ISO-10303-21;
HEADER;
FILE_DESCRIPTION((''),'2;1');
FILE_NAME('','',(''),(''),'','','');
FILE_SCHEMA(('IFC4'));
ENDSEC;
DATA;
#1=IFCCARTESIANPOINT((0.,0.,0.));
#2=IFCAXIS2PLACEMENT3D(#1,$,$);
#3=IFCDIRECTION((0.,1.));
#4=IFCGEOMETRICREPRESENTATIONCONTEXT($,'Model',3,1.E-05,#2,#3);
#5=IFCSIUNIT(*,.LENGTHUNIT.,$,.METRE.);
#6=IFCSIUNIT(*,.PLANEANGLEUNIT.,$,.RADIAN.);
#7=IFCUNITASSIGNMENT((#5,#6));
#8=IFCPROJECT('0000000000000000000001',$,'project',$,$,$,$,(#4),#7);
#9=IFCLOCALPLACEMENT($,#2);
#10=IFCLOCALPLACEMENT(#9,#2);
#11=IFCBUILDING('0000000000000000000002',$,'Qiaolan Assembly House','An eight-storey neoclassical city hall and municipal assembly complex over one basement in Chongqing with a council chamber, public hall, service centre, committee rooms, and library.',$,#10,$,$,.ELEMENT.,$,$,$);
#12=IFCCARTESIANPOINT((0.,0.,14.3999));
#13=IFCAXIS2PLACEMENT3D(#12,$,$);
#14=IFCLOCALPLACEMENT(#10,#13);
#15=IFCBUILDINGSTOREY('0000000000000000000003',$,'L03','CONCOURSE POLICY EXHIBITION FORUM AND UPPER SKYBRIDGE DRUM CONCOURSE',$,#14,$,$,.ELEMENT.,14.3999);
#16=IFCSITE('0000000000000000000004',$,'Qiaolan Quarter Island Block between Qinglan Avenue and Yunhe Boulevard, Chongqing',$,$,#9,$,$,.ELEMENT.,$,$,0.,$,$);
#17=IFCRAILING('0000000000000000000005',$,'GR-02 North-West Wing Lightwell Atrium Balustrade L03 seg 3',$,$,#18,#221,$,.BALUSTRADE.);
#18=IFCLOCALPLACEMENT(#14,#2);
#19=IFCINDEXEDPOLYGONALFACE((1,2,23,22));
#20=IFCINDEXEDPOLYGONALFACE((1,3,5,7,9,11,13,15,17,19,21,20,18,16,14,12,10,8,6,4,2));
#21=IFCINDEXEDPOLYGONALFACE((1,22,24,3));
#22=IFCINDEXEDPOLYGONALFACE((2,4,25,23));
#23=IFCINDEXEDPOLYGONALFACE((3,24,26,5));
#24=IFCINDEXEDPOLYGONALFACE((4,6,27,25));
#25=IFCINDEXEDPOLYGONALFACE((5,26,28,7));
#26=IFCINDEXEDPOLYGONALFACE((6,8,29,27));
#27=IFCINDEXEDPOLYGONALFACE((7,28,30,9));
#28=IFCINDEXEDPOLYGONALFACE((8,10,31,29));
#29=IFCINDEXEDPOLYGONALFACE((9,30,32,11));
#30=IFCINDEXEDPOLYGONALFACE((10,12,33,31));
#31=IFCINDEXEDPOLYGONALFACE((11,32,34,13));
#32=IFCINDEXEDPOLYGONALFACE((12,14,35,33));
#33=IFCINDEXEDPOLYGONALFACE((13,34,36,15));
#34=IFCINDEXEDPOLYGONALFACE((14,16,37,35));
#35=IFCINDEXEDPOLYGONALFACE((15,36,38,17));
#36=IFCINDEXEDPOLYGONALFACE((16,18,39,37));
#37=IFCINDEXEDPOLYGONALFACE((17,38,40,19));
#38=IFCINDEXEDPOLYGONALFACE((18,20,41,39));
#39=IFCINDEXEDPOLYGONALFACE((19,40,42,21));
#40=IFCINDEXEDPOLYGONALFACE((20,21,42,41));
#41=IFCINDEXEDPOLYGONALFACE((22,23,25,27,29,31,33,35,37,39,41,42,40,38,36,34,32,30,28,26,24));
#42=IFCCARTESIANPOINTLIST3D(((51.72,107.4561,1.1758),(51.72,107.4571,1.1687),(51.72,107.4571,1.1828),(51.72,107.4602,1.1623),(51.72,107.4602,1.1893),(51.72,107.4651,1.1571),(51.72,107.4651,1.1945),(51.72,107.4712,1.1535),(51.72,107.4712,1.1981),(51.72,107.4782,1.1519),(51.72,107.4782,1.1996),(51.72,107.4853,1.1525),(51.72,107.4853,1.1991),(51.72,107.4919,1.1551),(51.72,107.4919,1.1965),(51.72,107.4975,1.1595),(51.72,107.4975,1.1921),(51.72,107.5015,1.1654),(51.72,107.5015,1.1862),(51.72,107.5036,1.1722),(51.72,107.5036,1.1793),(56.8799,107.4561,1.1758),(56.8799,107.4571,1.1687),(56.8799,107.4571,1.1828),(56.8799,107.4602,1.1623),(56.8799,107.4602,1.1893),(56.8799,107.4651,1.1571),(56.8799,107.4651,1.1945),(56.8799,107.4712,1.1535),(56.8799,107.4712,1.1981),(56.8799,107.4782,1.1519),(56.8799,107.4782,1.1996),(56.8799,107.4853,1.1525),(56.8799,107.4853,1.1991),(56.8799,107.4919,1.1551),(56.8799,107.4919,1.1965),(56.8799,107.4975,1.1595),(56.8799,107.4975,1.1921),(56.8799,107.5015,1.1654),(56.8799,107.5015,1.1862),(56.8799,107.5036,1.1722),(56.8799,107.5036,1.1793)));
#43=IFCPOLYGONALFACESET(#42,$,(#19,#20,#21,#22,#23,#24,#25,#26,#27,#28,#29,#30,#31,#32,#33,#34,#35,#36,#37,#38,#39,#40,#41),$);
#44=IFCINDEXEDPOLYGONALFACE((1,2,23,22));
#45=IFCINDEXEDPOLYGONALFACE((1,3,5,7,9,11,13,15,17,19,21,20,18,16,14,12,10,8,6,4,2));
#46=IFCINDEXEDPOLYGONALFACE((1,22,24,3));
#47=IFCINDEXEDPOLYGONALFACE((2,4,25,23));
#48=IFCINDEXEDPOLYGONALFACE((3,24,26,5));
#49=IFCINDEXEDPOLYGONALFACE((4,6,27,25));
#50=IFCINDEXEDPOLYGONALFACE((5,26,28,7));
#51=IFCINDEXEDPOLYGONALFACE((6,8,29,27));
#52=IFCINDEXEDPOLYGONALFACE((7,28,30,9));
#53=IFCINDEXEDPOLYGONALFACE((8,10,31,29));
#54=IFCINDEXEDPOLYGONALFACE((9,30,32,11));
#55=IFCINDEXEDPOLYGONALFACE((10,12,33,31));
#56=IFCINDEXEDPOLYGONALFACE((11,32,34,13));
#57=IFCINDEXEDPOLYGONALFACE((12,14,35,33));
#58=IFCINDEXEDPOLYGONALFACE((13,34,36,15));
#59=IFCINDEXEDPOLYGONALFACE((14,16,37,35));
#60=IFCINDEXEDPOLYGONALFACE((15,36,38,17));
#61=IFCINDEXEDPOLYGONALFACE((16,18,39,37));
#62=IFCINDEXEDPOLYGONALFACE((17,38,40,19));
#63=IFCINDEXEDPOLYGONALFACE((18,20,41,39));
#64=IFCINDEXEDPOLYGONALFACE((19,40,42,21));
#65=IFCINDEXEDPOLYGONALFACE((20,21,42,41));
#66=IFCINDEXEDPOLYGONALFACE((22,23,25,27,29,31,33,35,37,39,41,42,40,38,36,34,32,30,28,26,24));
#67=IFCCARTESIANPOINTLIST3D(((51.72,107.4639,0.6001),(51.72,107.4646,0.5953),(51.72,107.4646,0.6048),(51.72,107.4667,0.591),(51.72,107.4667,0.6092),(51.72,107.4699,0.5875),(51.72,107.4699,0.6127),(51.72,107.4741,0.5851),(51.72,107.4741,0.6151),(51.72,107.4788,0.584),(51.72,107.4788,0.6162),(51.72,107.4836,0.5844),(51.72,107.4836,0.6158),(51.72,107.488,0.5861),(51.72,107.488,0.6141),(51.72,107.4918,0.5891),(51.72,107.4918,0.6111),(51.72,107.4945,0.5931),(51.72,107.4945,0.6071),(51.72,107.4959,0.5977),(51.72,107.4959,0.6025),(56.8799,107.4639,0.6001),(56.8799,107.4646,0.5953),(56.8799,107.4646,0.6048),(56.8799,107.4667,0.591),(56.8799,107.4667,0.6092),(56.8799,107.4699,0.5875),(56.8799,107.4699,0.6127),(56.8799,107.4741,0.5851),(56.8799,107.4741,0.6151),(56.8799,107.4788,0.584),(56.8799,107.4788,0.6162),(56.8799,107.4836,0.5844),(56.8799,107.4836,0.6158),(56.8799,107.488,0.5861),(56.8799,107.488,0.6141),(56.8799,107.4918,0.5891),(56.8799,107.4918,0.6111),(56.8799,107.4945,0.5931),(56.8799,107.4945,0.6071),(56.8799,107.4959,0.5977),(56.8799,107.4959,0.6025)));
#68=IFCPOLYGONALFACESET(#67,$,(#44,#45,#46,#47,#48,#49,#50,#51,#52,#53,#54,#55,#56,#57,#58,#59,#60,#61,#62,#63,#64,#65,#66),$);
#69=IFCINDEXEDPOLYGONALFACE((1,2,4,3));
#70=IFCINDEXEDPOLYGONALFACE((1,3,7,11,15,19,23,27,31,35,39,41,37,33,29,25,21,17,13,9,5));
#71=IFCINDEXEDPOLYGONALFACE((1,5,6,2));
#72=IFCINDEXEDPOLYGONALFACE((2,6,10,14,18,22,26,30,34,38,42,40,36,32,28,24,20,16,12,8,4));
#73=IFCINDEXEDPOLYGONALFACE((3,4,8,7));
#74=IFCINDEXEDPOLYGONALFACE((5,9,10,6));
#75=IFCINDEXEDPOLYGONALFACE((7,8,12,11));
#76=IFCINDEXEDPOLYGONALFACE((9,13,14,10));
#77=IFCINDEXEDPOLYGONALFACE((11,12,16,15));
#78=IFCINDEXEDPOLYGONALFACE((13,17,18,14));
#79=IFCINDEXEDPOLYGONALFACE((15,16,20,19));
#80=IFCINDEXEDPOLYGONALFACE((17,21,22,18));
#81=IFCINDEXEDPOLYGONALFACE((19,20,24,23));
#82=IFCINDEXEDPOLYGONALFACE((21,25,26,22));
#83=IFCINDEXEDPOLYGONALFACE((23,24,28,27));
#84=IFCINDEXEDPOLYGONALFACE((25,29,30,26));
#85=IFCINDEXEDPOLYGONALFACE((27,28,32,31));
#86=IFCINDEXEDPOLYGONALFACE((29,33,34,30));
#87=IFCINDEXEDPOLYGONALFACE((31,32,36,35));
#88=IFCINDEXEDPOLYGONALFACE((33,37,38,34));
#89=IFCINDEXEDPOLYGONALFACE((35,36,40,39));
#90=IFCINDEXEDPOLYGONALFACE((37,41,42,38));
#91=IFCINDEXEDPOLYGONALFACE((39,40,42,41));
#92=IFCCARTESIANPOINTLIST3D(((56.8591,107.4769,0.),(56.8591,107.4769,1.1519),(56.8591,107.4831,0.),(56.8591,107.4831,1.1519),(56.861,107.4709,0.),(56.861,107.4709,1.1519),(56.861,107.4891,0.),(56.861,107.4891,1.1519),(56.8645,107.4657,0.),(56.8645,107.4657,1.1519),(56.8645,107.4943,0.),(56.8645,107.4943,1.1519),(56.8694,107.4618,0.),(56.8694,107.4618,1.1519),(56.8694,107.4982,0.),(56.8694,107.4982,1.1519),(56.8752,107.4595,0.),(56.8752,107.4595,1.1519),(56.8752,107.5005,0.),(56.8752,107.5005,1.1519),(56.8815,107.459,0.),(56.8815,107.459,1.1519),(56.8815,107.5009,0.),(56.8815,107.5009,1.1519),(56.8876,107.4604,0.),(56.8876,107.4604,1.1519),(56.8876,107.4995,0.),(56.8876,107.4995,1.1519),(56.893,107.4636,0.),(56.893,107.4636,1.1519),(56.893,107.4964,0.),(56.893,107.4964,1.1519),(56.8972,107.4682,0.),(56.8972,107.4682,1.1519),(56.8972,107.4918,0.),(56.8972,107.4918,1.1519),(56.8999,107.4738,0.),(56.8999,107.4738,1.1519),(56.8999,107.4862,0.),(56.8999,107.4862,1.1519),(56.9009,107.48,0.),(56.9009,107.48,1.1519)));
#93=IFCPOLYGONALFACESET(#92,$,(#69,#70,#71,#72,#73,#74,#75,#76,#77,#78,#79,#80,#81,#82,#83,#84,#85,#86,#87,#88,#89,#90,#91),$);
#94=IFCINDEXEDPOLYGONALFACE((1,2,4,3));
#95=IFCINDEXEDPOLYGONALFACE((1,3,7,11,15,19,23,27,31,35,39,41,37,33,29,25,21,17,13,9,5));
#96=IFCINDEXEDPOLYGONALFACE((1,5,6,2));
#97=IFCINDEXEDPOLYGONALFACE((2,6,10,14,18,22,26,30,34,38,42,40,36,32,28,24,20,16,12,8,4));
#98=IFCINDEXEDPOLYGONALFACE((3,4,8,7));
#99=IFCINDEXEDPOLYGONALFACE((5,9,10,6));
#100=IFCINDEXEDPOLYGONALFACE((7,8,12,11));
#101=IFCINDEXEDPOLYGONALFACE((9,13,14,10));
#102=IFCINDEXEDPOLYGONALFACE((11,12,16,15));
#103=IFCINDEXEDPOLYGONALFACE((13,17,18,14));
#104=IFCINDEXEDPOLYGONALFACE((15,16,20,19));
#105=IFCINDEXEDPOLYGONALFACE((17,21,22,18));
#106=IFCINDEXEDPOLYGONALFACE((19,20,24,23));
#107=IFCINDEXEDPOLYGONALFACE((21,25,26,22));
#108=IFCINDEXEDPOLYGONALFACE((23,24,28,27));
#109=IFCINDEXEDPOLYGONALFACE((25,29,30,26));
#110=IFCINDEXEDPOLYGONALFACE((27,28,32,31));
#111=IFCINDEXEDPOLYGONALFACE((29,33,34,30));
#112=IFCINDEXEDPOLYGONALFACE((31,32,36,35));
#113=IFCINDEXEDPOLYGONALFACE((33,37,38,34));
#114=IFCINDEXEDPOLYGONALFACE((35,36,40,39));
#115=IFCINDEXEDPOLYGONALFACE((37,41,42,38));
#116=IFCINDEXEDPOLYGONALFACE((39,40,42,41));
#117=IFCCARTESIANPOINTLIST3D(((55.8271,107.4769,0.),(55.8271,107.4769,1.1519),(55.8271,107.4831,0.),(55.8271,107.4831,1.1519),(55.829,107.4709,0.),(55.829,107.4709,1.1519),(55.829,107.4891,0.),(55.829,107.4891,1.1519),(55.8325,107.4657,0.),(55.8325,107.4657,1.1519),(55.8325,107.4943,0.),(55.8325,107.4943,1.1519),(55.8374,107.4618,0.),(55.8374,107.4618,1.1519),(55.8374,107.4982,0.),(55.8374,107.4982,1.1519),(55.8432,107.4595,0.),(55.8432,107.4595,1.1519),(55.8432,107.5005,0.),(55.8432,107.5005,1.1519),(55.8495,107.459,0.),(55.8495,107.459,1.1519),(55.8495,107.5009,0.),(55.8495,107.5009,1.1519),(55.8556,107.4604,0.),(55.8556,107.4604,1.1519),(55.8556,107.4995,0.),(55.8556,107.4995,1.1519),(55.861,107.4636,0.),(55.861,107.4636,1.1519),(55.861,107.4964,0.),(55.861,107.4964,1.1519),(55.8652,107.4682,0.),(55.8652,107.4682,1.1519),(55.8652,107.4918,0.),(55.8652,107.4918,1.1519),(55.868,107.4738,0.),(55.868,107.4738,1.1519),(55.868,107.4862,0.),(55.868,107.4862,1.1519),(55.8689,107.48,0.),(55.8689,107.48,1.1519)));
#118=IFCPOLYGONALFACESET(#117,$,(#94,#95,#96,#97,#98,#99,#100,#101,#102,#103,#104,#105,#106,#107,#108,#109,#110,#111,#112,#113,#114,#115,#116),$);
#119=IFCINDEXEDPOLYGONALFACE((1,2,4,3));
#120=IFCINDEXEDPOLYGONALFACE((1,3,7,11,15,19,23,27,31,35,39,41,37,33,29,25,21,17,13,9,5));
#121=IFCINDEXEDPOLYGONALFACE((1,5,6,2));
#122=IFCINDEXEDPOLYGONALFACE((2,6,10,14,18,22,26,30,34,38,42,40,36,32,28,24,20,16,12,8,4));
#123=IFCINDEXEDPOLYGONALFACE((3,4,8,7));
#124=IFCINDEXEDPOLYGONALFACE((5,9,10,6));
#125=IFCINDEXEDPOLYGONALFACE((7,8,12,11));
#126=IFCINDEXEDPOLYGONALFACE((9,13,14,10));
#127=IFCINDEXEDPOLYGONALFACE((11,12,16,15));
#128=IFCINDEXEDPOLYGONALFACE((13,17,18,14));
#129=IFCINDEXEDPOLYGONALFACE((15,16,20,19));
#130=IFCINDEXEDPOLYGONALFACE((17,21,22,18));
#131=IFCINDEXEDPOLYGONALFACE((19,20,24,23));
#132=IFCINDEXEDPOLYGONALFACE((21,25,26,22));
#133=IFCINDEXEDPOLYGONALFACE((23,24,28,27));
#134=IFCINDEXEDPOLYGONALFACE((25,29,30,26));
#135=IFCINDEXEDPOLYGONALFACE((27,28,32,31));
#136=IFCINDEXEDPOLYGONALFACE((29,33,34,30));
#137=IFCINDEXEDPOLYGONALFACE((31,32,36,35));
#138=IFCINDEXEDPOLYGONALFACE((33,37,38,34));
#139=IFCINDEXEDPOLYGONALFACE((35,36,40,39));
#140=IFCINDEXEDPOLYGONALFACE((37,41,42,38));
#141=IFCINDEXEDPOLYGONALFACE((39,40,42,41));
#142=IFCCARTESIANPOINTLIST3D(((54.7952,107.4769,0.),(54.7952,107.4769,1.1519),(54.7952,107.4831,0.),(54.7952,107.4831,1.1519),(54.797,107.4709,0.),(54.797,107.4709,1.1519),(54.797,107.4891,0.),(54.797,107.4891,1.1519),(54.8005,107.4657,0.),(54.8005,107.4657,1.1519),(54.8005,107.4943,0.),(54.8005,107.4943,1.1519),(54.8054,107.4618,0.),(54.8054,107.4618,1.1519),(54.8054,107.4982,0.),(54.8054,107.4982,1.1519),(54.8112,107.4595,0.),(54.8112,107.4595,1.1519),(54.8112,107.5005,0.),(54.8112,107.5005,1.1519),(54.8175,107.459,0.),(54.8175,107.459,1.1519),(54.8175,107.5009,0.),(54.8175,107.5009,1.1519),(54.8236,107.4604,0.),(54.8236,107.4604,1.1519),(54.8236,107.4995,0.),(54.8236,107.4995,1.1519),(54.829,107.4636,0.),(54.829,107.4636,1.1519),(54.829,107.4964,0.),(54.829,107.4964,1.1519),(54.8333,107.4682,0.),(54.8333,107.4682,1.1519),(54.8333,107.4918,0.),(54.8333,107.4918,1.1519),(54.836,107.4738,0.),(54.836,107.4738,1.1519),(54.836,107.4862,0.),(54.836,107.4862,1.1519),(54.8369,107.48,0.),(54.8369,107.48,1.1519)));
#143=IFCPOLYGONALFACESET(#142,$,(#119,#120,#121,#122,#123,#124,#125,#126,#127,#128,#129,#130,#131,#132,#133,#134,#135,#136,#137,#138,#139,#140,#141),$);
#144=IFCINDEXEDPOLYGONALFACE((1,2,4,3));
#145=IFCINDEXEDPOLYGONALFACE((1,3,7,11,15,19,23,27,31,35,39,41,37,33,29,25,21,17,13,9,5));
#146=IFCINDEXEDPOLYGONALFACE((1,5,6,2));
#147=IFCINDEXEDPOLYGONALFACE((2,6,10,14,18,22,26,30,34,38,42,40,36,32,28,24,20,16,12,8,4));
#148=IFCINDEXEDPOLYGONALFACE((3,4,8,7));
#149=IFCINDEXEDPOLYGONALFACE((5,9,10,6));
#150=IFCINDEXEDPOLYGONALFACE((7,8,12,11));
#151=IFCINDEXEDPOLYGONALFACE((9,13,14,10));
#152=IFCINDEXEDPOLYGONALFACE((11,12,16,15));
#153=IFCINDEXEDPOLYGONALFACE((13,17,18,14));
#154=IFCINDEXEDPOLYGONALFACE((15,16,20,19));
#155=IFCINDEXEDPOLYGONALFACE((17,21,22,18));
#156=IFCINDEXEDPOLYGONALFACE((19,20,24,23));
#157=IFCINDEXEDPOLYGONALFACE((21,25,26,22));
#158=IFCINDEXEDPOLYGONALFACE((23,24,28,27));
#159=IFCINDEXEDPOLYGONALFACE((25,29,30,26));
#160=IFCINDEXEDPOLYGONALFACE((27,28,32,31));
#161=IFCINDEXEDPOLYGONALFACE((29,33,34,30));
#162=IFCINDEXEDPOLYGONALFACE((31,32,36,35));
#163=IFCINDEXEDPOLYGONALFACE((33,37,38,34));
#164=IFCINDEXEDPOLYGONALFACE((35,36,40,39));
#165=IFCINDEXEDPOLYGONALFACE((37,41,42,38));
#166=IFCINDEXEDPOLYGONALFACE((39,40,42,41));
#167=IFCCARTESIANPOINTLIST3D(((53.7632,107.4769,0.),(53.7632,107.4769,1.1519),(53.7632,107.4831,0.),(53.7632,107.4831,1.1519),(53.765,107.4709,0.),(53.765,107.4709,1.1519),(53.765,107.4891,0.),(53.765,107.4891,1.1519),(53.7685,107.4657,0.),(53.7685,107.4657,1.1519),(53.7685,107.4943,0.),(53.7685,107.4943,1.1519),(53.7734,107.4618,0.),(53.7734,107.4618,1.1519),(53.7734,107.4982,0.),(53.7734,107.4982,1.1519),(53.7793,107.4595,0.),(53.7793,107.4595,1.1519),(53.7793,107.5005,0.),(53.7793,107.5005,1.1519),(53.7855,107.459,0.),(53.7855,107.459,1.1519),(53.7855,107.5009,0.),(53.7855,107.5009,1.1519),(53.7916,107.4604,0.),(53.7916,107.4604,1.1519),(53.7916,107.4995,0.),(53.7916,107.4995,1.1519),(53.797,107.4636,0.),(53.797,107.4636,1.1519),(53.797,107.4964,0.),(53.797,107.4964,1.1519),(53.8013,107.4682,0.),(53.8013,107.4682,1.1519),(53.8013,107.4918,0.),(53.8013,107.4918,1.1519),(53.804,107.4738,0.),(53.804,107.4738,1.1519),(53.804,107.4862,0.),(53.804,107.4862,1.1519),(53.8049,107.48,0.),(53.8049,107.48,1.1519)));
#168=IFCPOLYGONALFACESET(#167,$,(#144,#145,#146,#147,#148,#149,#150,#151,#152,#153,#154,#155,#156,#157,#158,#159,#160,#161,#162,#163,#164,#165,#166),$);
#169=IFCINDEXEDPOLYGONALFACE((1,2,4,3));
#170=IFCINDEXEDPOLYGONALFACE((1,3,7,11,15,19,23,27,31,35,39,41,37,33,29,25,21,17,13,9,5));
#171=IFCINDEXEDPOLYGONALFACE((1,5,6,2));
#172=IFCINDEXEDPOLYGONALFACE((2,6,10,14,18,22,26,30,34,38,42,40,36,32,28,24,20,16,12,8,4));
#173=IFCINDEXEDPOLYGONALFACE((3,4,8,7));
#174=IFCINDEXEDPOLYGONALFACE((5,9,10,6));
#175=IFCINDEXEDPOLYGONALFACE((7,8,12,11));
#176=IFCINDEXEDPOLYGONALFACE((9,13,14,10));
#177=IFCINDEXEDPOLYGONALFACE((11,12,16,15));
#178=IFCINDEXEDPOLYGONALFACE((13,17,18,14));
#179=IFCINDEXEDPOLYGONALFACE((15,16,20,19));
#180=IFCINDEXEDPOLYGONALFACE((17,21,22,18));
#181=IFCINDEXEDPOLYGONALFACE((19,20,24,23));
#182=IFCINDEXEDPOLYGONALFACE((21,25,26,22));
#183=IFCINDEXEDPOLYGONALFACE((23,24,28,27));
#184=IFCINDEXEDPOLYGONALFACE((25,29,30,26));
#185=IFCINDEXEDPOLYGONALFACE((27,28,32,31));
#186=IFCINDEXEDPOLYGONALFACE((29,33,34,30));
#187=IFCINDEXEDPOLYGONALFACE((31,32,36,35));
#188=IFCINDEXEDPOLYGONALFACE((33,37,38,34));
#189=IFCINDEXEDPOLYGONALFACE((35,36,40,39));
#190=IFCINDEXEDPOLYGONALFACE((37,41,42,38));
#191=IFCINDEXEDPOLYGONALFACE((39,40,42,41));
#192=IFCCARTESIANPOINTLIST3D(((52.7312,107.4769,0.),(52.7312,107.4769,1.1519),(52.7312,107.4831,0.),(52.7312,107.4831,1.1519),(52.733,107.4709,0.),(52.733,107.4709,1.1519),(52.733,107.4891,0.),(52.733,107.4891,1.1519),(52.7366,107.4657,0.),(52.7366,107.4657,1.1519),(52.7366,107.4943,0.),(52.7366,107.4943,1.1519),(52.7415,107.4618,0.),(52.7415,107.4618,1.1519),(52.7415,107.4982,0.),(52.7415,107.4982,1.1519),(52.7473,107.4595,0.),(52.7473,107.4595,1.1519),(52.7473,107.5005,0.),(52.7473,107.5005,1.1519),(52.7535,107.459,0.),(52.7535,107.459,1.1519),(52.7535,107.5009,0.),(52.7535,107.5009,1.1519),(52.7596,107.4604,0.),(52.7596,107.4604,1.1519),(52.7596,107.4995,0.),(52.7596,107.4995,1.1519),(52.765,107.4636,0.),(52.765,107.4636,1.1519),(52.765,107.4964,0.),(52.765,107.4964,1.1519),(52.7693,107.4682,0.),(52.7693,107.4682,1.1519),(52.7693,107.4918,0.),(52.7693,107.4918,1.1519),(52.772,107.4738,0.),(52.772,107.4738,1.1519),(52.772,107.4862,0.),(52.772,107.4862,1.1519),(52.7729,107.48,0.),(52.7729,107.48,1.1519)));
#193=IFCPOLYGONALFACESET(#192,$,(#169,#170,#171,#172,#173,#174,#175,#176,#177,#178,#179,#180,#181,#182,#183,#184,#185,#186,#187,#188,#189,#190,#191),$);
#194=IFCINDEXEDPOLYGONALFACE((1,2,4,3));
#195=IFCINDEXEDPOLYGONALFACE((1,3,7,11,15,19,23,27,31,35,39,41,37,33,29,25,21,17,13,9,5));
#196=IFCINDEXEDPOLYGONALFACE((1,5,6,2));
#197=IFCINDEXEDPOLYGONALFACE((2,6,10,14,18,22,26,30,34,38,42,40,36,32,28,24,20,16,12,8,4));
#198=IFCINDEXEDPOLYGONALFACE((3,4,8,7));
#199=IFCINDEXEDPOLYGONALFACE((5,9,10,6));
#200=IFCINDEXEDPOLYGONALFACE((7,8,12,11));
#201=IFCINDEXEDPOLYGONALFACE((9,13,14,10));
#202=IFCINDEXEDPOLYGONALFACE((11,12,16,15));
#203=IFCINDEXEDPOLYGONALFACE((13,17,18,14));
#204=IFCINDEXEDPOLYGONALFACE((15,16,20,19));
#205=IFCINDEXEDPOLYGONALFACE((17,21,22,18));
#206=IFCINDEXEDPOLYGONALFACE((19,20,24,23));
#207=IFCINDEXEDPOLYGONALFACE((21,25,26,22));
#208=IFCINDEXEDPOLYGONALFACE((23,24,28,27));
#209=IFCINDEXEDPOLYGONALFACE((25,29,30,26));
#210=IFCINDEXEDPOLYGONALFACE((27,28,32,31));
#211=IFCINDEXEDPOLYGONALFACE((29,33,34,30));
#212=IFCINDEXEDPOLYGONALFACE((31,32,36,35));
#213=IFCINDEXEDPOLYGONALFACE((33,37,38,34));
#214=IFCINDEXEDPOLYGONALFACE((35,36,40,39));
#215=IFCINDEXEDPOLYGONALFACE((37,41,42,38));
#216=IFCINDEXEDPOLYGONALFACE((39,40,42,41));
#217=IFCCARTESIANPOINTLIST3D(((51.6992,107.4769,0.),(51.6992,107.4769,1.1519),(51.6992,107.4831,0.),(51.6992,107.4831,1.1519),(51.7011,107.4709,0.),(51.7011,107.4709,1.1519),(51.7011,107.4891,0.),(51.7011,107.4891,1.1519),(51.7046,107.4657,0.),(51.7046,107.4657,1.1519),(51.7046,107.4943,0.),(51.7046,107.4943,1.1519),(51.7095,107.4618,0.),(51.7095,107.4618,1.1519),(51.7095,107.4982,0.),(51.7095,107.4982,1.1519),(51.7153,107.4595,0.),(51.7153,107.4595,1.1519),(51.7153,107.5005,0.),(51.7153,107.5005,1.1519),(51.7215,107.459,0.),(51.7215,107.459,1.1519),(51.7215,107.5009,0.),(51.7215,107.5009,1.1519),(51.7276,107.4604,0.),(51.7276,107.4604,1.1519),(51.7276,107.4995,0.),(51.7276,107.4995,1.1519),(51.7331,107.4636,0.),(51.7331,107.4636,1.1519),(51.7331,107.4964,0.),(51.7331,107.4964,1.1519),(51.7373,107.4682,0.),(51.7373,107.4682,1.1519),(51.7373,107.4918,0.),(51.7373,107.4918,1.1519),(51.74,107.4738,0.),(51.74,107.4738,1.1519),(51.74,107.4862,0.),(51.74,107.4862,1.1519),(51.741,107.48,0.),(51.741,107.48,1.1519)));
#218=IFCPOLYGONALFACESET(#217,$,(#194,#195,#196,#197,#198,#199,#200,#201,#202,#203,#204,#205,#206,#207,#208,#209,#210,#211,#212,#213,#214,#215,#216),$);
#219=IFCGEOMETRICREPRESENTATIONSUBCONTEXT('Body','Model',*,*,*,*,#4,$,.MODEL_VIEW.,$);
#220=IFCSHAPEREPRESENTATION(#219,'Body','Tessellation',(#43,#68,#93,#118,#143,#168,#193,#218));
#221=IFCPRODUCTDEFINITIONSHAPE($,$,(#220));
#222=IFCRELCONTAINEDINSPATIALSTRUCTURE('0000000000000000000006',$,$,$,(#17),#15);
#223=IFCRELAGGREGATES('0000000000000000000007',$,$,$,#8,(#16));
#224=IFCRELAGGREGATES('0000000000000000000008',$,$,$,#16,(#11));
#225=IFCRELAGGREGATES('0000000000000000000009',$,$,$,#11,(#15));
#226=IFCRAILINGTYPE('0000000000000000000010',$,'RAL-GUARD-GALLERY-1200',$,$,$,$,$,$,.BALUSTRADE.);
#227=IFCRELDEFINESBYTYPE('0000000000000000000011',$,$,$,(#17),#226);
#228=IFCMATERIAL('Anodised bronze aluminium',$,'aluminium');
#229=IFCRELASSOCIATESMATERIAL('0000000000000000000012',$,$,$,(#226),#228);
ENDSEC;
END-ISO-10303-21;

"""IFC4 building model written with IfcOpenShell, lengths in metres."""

from ifc_helpers import new_model, si_unit, direction, frame, origin, origin_2d, place, context, subcontext, project, spatial, circle, extrude, material, type_object, element, save


model = new_model("IFC4")

# Units and contexts
model_context = context("Model", 3, precision=1e-05, world=origin(), true_north=direction((0.0, 1.0)))
body_context = subcontext(model_context, "Body", "Model", "MODEL_VIEW")
ifc_project = project(units=[si_unit("LENGTHUNIT", "METRE"), si_unit("PLANEANGLEUNIT", "RADIAN")], contexts=[model_context])

# Site, building, storey
site_placement = place(None, origin())
site = spatial("IfcSite", under=ifc_project, at=site_placement, Name="Qiaolan Quarter Island Block between Qinglan Avenue and Yunhe Boulevard, Chongqing", CompositionType="ELEMENT", RefElevation=0.0)
building_placement = place(site_placement, origin())
building = spatial("IfcBuilding", under=site, at=building_placement, Name="Qiaolan Assembly House", Description="An eight-storey neoclassical city hall and municipal assembly complex over one basement in Chongqing with a council chamber, public hall, service centre, committee rooms, and library.", CompositionType="ELEMENT")
storey_placement = place(building_placement, frame((0.0, 0.0, 14.3999)))
storey = spatial("IfcBuildingStorey", under=building, at=storey_placement, Name="L03", Description="CONCOURSE POLICY EXHIBITION FORUM AND UPPER SKYBRIDGE DRUM CONCOURSE", CompositionType="ELEMENT", Elevation=14.3999)

# Railing
ifc_material_1 = material(Name="Anodised bronze aluminium", Category="aluminium")
railing_type = type_object("IfcRailingType", Name="RAL-GUARD-GALLERY-1200", PredefinedType="BALUSTRADE", material=ifc_material_1)
railing_1_placement = place(storey_placement, frame((56.8799, 107.48, 0.0)))
element("IfcRailing", 1, at=railing_1_placement, inside=storey, type_object=railing_type, Name="GR-02 North-West Wing Lightwell Atrium Balustrade L03 seg 3", PredefinedType="BALUSTRADE", context=body_context, shape_type="SweptSolid", body=[
    extrude(circle(Radius=0.0239, at=origin_2d()), frame((0.0, 0.0, 1.1758), z_axis=(-1.0, 0.0, 0.0), x_axis=(0.0, -1.0, 0.0)), (0.0, 0.0, 1.0), 5.1599),
    extrude(circle(Radius=0.0161, at=origin_2d()), frame((0.0, 0.0, 0.6001), z_axis=(-1.0, 0.0, 0.0), x_axis=(0.0, -1.0, 0.0)), (0.0, 0.0, 1.0), 5.1599),
    extrude(circle(Radius=0.021, at=origin_2d()), origin(), (0.0, 0.0, 1.0), 1.1519),
    extrude(circle(Radius=0.021, at=origin_2d()), frame((-1.032, 0.0, 0.0)), (0.0, 0.0, 1.0), 1.1519),
    extrude(circle(Radius=0.021, at=origin_2d()), frame((-2.064, 0.0, 0.0)), (0.0, 0.0, 1.0), 1.1519),
    extrude(circle(Radius=0.021, at=origin_2d()), frame((-3.0959, 0.0, 0.0)), (0.0, 0.0, 1.0), 1.1519),
    extrude(circle(Radius=0.021, at=origin_2d()), frame((-4.1279, 0.0, 0.0)), (0.0, 0.0, 1.0), 1.1519),
    extrude(circle(Radius=0.021, at=origin_2d()), frame((-5.1599, 0.0, 0.0)), (0.0, 0.0, 1.0), 1.1519),
])

save(model, "model.ifc")
